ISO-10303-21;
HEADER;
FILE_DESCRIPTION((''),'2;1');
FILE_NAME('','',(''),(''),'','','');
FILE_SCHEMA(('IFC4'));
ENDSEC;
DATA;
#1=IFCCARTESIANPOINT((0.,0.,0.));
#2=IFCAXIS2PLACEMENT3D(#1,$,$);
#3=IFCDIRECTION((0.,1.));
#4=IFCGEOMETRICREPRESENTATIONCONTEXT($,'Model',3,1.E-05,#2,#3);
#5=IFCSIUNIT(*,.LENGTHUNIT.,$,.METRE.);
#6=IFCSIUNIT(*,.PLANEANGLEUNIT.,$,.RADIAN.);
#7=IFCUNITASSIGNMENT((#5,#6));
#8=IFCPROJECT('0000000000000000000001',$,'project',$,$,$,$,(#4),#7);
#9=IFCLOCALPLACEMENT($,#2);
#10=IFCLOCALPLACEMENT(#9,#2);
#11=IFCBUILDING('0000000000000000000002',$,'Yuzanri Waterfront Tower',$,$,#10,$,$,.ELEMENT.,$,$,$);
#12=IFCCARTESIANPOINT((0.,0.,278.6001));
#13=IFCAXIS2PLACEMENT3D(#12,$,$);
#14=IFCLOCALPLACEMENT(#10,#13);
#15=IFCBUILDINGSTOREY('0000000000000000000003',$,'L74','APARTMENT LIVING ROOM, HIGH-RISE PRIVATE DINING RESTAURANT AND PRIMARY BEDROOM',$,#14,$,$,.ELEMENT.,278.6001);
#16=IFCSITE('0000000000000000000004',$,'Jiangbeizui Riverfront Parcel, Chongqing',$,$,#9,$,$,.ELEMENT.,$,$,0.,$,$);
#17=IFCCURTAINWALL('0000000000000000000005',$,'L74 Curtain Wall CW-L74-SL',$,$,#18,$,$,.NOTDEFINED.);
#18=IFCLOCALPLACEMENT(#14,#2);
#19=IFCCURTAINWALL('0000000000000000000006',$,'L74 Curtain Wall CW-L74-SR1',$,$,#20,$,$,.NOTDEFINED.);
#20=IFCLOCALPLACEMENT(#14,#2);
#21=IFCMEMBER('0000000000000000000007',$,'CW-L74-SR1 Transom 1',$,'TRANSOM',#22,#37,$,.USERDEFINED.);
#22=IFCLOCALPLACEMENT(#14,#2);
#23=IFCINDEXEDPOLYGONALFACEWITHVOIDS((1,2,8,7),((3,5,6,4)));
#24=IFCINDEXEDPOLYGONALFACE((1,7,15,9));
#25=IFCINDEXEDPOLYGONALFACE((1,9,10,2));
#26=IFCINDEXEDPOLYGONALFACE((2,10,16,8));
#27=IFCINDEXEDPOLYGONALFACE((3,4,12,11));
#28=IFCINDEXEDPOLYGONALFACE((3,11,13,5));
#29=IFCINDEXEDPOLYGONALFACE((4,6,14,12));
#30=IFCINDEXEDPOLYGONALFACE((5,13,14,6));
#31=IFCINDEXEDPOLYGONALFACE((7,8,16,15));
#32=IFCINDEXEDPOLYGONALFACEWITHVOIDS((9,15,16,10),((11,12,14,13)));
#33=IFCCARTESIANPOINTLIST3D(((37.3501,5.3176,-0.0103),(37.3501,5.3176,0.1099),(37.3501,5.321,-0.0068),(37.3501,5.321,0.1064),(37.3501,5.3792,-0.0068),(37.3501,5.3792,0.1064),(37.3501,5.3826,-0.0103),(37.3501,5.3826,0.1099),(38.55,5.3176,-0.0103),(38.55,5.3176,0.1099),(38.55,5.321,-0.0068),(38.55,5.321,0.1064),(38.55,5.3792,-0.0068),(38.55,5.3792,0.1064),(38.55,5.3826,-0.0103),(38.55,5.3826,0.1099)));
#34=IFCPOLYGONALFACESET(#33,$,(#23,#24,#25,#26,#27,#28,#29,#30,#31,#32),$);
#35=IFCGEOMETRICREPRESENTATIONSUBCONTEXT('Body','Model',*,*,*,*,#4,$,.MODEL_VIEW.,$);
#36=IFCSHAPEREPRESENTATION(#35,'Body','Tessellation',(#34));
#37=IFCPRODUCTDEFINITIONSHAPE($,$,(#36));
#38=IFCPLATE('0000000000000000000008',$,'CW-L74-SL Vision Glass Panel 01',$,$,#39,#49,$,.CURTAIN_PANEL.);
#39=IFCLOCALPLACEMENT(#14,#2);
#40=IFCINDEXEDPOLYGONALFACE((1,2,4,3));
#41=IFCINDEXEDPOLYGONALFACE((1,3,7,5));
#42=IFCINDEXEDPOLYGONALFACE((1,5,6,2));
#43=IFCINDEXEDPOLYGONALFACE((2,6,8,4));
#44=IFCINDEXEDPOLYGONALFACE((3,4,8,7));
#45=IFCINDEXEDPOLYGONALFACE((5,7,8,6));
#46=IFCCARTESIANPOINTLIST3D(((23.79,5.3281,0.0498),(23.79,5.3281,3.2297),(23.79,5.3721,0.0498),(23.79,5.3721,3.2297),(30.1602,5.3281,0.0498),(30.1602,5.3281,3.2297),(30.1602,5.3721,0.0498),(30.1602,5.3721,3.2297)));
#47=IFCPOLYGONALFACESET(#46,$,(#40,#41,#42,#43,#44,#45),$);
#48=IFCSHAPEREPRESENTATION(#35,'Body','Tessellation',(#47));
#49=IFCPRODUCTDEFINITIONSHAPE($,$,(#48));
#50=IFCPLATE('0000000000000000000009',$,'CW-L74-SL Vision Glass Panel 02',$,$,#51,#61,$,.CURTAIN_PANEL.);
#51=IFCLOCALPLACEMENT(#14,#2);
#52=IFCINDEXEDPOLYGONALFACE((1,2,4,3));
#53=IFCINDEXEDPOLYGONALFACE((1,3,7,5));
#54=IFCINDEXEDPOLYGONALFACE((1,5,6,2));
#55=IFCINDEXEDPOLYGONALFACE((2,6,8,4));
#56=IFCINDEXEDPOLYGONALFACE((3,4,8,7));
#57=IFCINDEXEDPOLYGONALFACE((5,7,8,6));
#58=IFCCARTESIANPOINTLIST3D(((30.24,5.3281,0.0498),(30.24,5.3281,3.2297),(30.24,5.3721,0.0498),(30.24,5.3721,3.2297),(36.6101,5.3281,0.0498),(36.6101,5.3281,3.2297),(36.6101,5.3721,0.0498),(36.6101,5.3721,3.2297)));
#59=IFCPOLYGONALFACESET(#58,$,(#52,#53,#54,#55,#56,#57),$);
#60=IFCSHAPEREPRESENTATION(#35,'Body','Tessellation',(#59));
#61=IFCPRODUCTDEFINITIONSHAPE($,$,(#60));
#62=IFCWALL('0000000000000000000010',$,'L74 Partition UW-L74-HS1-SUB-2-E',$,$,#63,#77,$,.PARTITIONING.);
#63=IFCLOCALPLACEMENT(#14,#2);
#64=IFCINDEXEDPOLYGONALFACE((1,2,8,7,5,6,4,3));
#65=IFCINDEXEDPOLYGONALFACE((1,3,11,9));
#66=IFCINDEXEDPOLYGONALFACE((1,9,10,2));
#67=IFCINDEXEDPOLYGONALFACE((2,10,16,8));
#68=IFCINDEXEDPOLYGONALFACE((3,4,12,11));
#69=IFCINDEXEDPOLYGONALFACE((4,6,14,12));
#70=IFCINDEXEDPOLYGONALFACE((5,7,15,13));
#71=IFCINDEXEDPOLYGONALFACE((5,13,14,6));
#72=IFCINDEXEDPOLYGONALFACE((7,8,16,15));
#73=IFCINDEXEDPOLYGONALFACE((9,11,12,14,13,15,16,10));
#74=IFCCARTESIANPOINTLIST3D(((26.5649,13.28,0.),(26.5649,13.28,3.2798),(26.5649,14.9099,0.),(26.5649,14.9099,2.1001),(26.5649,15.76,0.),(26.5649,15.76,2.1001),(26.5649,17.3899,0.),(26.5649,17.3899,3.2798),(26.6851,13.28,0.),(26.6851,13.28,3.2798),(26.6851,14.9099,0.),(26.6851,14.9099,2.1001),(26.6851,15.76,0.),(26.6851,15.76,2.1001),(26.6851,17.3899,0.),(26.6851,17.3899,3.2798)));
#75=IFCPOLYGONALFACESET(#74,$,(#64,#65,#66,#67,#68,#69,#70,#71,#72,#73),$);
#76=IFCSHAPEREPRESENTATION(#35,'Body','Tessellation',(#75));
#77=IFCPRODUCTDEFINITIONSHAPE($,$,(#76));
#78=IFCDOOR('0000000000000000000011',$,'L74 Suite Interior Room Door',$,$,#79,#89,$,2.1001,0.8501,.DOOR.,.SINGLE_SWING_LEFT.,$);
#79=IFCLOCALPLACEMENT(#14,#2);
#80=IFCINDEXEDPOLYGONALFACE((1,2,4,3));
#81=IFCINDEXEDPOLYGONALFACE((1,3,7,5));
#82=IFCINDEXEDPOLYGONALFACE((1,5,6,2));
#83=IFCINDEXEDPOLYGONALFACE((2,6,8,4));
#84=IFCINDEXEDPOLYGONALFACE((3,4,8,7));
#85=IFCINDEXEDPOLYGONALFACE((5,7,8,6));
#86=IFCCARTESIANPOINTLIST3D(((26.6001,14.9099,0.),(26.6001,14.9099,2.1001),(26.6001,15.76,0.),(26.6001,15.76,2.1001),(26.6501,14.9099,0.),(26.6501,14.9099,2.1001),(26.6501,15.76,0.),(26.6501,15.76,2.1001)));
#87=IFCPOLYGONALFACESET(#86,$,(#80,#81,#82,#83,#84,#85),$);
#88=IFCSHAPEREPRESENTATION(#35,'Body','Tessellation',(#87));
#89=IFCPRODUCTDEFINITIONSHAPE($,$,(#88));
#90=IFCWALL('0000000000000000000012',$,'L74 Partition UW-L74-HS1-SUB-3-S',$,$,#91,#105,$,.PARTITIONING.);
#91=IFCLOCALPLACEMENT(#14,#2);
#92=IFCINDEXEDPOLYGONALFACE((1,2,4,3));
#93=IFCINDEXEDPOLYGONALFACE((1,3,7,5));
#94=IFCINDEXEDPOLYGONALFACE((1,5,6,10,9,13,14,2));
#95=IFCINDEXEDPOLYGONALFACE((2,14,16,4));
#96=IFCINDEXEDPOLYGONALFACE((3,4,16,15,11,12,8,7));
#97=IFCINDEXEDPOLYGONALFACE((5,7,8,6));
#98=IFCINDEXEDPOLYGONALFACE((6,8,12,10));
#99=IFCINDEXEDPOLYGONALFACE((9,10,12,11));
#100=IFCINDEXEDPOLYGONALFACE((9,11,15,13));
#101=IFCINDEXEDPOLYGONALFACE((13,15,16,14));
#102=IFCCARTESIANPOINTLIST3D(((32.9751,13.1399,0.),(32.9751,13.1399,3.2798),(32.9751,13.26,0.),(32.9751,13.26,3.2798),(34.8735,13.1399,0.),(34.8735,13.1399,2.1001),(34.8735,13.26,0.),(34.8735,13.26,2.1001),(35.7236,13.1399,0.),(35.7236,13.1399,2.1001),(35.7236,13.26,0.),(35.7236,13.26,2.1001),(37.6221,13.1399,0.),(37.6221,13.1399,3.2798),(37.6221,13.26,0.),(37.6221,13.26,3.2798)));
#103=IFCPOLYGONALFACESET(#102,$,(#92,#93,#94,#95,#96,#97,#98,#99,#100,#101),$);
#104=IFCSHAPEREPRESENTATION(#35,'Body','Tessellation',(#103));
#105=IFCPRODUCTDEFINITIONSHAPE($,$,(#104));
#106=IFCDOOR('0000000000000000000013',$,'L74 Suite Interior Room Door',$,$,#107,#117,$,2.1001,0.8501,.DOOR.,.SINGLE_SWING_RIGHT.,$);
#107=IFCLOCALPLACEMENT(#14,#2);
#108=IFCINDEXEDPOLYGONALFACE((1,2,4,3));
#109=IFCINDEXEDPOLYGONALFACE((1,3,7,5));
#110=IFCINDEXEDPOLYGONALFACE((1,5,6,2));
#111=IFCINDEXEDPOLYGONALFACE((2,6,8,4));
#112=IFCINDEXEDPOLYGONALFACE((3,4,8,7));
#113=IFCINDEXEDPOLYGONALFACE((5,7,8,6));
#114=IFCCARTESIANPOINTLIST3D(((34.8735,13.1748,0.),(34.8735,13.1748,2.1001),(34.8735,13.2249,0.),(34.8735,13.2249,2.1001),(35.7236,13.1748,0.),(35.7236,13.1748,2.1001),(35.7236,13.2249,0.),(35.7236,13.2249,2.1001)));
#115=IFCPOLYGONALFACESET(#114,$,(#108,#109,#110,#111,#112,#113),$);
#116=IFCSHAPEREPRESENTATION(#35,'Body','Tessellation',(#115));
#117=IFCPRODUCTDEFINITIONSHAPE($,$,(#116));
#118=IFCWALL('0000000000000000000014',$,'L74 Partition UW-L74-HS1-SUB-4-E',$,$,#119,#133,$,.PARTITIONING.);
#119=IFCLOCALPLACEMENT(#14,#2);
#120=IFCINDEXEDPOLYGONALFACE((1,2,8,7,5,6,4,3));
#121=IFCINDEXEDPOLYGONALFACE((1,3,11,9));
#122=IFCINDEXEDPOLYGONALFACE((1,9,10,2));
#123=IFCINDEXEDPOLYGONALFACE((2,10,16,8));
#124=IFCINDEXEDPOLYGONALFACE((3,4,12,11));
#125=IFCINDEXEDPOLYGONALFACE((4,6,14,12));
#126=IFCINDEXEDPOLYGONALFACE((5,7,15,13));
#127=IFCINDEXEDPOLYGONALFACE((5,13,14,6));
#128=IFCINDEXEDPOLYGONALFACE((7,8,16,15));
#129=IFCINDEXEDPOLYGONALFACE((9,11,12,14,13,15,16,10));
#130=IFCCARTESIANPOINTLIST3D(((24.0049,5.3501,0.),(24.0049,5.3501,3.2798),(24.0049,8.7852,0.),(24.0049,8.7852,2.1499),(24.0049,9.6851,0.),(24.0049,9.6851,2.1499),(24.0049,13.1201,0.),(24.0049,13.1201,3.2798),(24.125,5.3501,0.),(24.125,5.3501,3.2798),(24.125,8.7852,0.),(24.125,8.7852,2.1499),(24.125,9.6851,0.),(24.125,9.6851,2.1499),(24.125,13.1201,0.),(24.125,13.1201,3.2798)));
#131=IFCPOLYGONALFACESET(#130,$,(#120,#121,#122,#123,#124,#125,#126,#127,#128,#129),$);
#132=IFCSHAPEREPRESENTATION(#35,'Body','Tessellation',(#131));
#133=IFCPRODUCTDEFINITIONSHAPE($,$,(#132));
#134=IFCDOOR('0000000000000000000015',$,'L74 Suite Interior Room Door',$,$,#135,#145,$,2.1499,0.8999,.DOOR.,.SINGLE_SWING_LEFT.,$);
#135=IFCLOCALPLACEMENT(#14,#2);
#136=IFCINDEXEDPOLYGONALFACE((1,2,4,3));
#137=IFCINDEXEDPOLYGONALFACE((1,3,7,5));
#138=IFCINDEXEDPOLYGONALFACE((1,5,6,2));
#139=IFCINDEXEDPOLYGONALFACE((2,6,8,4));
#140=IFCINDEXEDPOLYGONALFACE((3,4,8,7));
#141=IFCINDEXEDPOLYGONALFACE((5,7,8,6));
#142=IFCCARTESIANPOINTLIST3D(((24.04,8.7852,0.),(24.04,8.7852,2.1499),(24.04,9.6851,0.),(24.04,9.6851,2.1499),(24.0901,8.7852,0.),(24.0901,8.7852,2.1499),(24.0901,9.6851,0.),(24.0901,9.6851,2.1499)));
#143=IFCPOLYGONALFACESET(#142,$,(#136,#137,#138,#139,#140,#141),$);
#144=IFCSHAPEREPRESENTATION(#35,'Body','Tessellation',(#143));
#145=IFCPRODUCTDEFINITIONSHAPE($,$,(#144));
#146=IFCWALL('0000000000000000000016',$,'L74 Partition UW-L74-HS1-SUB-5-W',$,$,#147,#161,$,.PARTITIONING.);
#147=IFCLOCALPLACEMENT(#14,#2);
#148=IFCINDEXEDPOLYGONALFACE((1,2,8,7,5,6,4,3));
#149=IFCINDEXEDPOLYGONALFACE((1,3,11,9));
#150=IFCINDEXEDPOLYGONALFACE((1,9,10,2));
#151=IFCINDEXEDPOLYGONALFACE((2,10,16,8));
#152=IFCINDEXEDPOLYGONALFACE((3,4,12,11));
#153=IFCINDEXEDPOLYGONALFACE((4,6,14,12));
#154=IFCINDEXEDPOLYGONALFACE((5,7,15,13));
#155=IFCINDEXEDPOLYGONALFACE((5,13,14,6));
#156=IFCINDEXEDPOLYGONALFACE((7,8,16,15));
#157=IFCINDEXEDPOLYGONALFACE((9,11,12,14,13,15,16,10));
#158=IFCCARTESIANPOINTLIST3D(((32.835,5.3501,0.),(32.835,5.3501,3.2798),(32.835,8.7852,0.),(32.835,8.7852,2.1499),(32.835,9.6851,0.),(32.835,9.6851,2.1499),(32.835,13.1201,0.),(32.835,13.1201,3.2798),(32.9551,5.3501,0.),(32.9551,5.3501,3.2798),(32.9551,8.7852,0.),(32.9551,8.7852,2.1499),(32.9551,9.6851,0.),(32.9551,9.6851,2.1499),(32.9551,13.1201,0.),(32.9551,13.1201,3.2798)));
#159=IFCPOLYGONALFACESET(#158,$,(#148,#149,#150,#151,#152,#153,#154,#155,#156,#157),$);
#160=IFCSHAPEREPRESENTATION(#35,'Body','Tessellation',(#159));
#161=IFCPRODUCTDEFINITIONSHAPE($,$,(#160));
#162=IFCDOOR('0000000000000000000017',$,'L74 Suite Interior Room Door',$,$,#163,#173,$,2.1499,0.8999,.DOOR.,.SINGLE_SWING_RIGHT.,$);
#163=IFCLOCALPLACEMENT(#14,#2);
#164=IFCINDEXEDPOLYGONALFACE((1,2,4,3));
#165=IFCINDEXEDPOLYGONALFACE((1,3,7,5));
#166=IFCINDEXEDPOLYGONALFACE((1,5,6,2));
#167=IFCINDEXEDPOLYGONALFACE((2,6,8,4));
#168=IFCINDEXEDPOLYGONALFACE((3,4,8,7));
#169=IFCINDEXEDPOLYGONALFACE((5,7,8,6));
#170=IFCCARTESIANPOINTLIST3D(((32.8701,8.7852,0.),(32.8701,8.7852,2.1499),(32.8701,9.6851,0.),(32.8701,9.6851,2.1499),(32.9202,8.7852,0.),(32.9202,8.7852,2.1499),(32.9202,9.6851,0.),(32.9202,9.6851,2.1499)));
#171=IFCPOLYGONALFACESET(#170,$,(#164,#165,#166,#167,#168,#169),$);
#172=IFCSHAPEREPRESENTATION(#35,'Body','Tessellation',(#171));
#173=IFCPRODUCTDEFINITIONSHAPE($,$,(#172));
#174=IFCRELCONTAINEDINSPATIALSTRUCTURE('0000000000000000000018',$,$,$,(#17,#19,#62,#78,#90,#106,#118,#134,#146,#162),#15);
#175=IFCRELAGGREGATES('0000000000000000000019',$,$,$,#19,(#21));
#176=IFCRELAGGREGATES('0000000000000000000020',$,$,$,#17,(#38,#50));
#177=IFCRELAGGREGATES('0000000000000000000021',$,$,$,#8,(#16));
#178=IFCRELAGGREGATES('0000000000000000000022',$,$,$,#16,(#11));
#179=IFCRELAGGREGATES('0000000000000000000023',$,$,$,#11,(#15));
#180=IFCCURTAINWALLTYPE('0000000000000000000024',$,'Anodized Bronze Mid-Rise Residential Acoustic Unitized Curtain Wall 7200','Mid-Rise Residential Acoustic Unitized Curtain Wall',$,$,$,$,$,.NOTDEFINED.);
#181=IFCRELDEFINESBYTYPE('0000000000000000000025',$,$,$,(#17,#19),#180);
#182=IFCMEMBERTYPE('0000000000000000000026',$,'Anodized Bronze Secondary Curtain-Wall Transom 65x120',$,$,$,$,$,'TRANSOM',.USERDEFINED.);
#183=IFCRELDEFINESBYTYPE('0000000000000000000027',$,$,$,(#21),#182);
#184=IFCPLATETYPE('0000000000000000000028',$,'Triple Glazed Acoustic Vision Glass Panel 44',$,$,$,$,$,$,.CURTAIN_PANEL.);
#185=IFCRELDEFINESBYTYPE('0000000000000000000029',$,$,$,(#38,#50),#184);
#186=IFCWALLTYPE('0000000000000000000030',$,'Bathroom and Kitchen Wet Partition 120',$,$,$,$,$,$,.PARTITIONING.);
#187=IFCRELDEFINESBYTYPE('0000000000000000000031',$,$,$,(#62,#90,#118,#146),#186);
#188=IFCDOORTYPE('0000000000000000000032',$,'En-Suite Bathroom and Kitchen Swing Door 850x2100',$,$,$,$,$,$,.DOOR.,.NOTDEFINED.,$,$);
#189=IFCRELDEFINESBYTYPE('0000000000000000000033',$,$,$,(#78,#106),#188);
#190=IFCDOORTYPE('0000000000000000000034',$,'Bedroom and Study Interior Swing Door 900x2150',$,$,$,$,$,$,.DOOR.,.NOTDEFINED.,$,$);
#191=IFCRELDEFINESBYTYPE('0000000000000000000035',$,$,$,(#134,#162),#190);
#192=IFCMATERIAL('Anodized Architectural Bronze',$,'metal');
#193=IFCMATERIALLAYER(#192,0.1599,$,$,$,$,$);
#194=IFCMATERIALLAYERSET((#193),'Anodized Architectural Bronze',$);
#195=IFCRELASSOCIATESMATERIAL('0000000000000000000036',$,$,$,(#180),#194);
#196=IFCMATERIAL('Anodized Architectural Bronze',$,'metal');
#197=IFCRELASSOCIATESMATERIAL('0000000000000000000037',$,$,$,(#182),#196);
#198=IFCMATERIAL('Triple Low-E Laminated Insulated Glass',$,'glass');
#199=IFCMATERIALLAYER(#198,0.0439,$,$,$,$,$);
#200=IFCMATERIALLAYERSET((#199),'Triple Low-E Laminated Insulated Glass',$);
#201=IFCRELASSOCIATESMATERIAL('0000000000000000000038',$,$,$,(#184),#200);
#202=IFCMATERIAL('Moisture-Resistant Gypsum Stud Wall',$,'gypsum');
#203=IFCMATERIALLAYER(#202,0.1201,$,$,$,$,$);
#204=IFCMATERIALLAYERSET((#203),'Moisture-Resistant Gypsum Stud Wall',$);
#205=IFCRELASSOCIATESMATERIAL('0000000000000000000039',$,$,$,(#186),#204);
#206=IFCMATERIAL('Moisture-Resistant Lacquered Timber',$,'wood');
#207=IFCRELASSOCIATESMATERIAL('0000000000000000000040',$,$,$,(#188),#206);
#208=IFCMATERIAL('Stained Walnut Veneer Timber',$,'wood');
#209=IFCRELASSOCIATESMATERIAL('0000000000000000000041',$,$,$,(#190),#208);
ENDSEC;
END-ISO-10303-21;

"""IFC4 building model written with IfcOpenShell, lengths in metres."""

from ifc_helpers import new_model, si_unit, direction, frame, frame_2d, origin, origin_2d, place, context, subcontext, project, spatial, rectangle, hollow_rectangle, extrude, source, transform, mapped, material, layer, layer_set, material_profile, profile_set, type_object, element, fill, aggregate, save


model = new_model("IFC4")

# Units and contexts
model_context = context("Model", 3, precision=1e-05, world=origin(), true_north=direction((0.0, 1.0)))
body_context = subcontext(model_context, "Body", "Model", "MODEL_VIEW")
ifc_project = project(units=[si_unit("LENGTHUNIT", "METRE"), si_unit("PLANEANGLEUNIT", "RADIAN")], contexts=[model_context])

# Site, building, storey
site_placement = place(None, origin())
site = spatial("IfcSite", under=ifc_project, at=site_placement, Name="Jiangbeizui Riverfront Parcel, Chongqing", CompositionType="ELEMENT", RefElevation=0.0)
building_placement = place(site_placement, origin())
building = spatial("IfcBuilding", under=site, at=building_placement, Name="Yuzanri Waterfront Tower", CompositionType="ELEMENT")
storey_placement = place(building_placement, frame((0.0, 0.0, 278.6001)))
storey = spatial("IfcBuildingStorey", under=building, at=storey_placement, Name="L74", Description="APARTMENT LIVING ROOM, HIGH-RISE PRIVATE DINING RESTAURANT AND PRIMARY BEDROOM", CompositionType="ELEMENT", Elevation=278.6001)

# Curtain wall
ifc_material_1 = material(Name="Anodized Architectural Bronze", Category="metal")
ifc_layer_1 = layer(ifc_material_1, 0.1599)
ifc_layer_set_1 = layer_set([ifc_layer_1], Name="Anodized Architectural Bronze")
curtain_wall_type = type_object("IfcCurtainWallType", Name="Anodized Bronze Mid-Rise Residential Acoustic Unitized Curtain Wall 7200", Description="Mid-Rise Residential Acoustic Unitized Curtain Wall", PredefinedType="NOTDEFINED", material=ifc_layer_set_1)
curtain_wall_1_placement = place(storey_placement, origin())
curtain_wall_1 = element("IfcCurtainWall", 1, at=curtain_wall_1_placement, inside=storey, type_object=curtain_wall_type, Name="L74 Curtain Wall CW-L74-SL", PredefinedType="NOTDEFINED")

# Curtain wall, member
curtain_wall_2_placement = place(storey_placement, origin())
curtain_wall_2 = element("IfcCurtainWall", 2, at=curtain_wall_2_placement, inside=storey, type_object=curtain_wall_type, Name="L74 Curtain Wall CW-L74-SR1", PredefinedType="NOTDEFINED")
ifc_material_2 = material(Name="Anodized Architectural Bronze", Category="metal")
ifc_material_profile_1 = material_profile(ifc_material_2, hollow_rectangle(XDim=0.0649, YDim=0.1201, WallThickness=0.0034, at=origin_2d()), Name="CWT 65x120")
ifc_profile_set_1 = profile_set([ifc_material_profile_1], Name="Anodized Architectural Bronze")
member_type_1 = type_object("IfcMemberType", Name="Anodized Bronze Secondary Curtain-Wall Transom 65x120", ElementType="TRANSOM", PredefinedType="USERDEFINED", material=ifc_profile_set_1)
shared_shape_1 = source(origin(), body_context, "Body", "SweptSolid", [
    extrude(hollow_rectangle(XDim=0.0649, YDim=0.1201, WallThickness=0.0034, at=origin_2d()), origin(), (0.0, 0.0, 1.0), 1.2),
])
member_1_placement = place(storey_placement, frame((37.3501, 5.3501, 0.0498), z_axis=(1.0, 0.0, 0.0), x_axis=(0.0, 1.0, 0.0)))
member_1 = element("IfcMember", 3, at=member_1_placement, type_object=member_type_1, Name="CW-L74-SR1 Transom 1", ObjectType="TRANSOM", PredefinedType="USERDEFINED", context=body_context, shape_type="MappedRepresentation", body=[
    mapped(shared_shape_1, transform((0.0, 0.0, 0.0), scale=1.0)),
])
aggregate(curtain_wall_2, [member_1])

# Plates
ifc_material_3 = material(Name="Triple Low-E Laminated Insulated Glass", Category="glass")
ifc_layer_2 = layer(ifc_material_3, 0.0439)
ifc_layer_set_2 = layer_set([ifc_layer_2], Name="Triple Low-E Laminated Insulated Glass")
plate_type = type_object("IfcPlateType", Name="Triple Glazed Acoustic Vision Glass Panel 44", PredefinedType="CURTAIN_PANEL", material=ifc_layer_set_2)
shared_shape_2 = source(origin(), body_context, "Body", "SweptSolid", [
    extrude(rectangle(XDim=6.3701, YDim=0.0439, at=origin_2d()), origin(), (0.0, 0.0, 1.0), 3.1799),
])
plate_1_placement = place(storey_placement, frame((26.9751, 5.3501, 0.0498), z_axis=(0.0, 0.0, 1.0), x_axis=(1.0, 0.0, 0.0)))
plate_1 = element("IfcPlate", 4, at=plate_1_placement, type_object=plate_type, Name="CW-L74-SL Vision Glass Panel 01", PredefinedType="CURTAIN_PANEL", context=body_context, shape_type="MappedRepresentation", body=[
    mapped(shared_shape_2, transform((0.0, 0.0, 0.0), scale=1.0)),
])
plate_2_placement = place(storey_placement, frame((33.425, 5.3501, 0.0498), z_axis=(0.0, 0.0, 1.0), x_axis=(1.0, 0.0, 0.0)))
plate_2 = element("IfcPlate", 5, at=plate_2_placement, type_object=plate_type, Name="CW-L74-SL Vision Glass Panel 02", PredefinedType="CURTAIN_PANEL", context=body_context, shape_type="MappedRepresentation", body=[
    mapped(shared_shape_2, transform((0.0, 0.0, 0.0), scale=1.0)),
])
aggregate(curtain_wall_1, [plate_1, plate_2])

# Walls, openings, doors
ifc_material_4 = material(Name="Moisture-Resistant Gypsum Stud Wall", Category="gypsum")
ifc_layer_3 = layer(ifc_material_4, 0.1201)
ifc_layer_set_3 = layer_set([ifc_layer_3], Name="Moisture-Resistant Gypsum Stud Wall")
wall_type = type_object("IfcWallType", Name="Bathroom and Kitchen Wet Partition 120", PredefinedType="PARTITIONING", material=ifc_layer_set_3)
wall_1_placement = place(storey_placement, frame((26.625, 13.28, 0.0), z_axis=(0.0, 0.0, 1.0), x_axis=(0.0, 1.0, 0.0)))
wall_1 = element("IfcWall", 6, at=wall_1_placement, inside=storey, type_object=wall_type, Name="L74 Partition UW-L74-HS1-SUB-2-E", PredefinedType="PARTITIONING", context=body_context, shape_type="SweptSolid", body=[
    extrude(rectangle(XDim=4.1099, YDim=0.1201, at=frame_2d((2.0549, 0.0))), origin(), (0.0, 0.0, 1.0), 3.2798),
])
opening_1_placement = place(wall_1_placement, frame((1.6299, 0.0, 0.0)))
opening_1 = element("IfcOpeningElement", 7, at=opening_1_placement, cuts=wall_1, PredefinedType="OPENING", context=body_context, shape_type="SweptSolid", body=[
    extrude(rectangle(XDim=0.8501, YDim=2.1001, at=frame_2d((0.425, 1.05))), frame((0.0, 0.075, 0.0), z_axis=(0.0, -1.0, 0.0), x_axis=(1.0, 0.0, 0.0)), (0.0, 0.0, 1.0), 0.1499),
])
ifc_material_5 = material(Name="Moisture-Resistant Lacquered Timber", Category="wood")
door_type_1 = type_object("IfcDoorType", Name="En-Suite Bathroom and Kitchen Swing Door 850x2100", OperationType="NOTDEFINED", PredefinedType="DOOR", material=ifc_material_5)
shared_shape_3 = source(origin(), body_context, "Body", "SweptSolid", [
    extrude(rectangle(XDim=0.8501, YDim=2.1001, at=frame_2d((0.425, 1.05))), frame((0.0, 0.0249, 0.0), z_axis=(0.0, -1.0, 0.0), x_axis=(1.0, 0.0, 0.0)), (0.0, 0.0, 1.0), 0.05),
])
door_1_placement = place(opening_1_placement, origin())
door_1 = element("IfcDoor", 8, at=door_1_placement, inside=storey, type_object=door_type_1, Name="L74 Suite Interior Room Door", OperationType="SINGLE_SWING_LEFT", OverallHeight=2.1001, OverallWidth=0.8501, PredefinedType="DOOR", context=body_context, shape_type="MappedRepresentation", body=[
    mapped(shared_shape_3, transform((0.0, 0.0, 0.0), scale=1.0)),
])
fill(opening_1, door_1)
wall_2_placement = place(storey_placement, frame((32.9751, 13.2, 0.0), z_axis=(0.0, 0.0, 1.0), x_axis=(1.0, 0.0, 0.0)))
wall_2 = element("IfcWall", 9, at=wall_2_placement, inside=storey, type_object=wall_type, Name="L74 Partition UW-L74-HS1-SUB-3-S", PredefinedType="PARTITIONING", context=body_context, shape_type="SweptSolid", body=[
    extrude(rectangle(XDim=4.647, YDim=0.1201, at=frame_2d((2.3235, 0.0))), origin(), (0.0, 0.0, 1.0), 3.2798),
])
opening_2_placement = place(wall_2_placement, frame((1.8984, 0.0, 0.0)))
opening_2 = element("IfcOpeningElement", 10, at=opening_2_placement, cuts=wall_2, PredefinedType="OPENING", context=body_context, shape_type="SweptSolid", body=[
    extrude(rectangle(XDim=0.8501, YDim=2.1001, at=frame_2d((0.425, 1.05))), frame((0.0, 0.075, 0.0), z_axis=(0.0, -1.0, 0.0), x_axis=(1.0, 0.0, 0.0)), (0.0, 0.0, 1.0), 0.1499),
])
door_2_placement = place(opening_2_placement, origin())
door_2 = element("IfcDoor", 11, at=door_2_placement, inside=storey, type_object=door_type_1, Name="L74 Suite Interior Room Door", OperationType="SINGLE_SWING_RIGHT", OverallHeight=2.1001, OverallWidth=0.8501, PredefinedType="DOOR", context=body_context, shape_type="MappedRepresentation", body=[
    mapped(shared_shape_3, transform((0.0, 0.0, 0.0), scale=1.0)),
])
fill(opening_2, door_2)
wall_3_placement = place(storey_placement, frame((24.0649, 5.3501, 0.0), z_axis=(0.0, 0.0, 1.0), x_axis=(0.0, 1.0, 0.0)))
wall_3 = element("IfcWall", 12, at=wall_3_placement, inside=storey, type_object=wall_type, Name="L74 Partition UW-L74-HS1-SUB-4-E", PredefinedType="PARTITIONING", context=body_context, shape_type="SweptSolid", body=[
    extrude(rectangle(XDim=7.77, YDim=0.1201, at=frame_2d((3.885, 0.0))), origin(), (0.0, 0.0, 1.0), 3.2798),
])
opening_3_placement = place(wall_3_placement, frame((3.4351, 0.0, 0.0)))
opening_3 = element("IfcOpeningElement", 13, at=opening_3_placement, cuts=wall_3, PredefinedType="OPENING", context=body_context, shape_type="SweptSolid", body=[
    extrude(rectangle(XDim=0.8999, YDim=2.1499, at=frame_2d((0.45, 1.075))), frame((0.0, 0.075, 0.0), z_axis=(0.0, -1.0, 0.0), x_axis=(1.0, 0.0, 0.0)), (0.0, 0.0, 1.0), 0.1499),
])
ifc_material_6 = material(Name="Stained Walnut Veneer Timber", Category="wood")
door_type_2 = type_object("IfcDoorType", Name="Bedroom and Study Interior Swing Door 900x2150", OperationType="NOTDEFINED", PredefinedType="DOOR", material=ifc_material_6)
shared_shape_4 = source(origin(), body_context, "Body", "SweptSolid", [
    extrude(rectangle(XDim=0.8999, YDim=2.1499, at=frame_2d((0.45, 1.075))), frame((0.0, 0.0249, 0.0), z_axis=(0.0, -1.0, 0.0), x_axis=(1.0, 0.0, 0.0)), (0.0, 0.0, 1.0), 0.05),
])
door_3_placement = place(opening_3_placement, origin())
door_3 = element("IfcDoor", 14, at=door_3_placement, inside=storey, type_object=door_type_2, Name="L74 Suite Interior Room Door", OperationType="SINGLE_SWING_LEFT", OverallHeight=2.1499, OverallWidth=0.8999, PredefinedType="DOOR", context=body_context, shape_type="MappedRepresentation", body=[
    mapped(shared_shape_4, transform((0.0, 0.0, 0.0), scale=1.0)),
])
fill(opening_3, door_3)
wall_4_placement = place(storey_placement, frame((32.895, 5.3501, 0.0), z_axis=(0.0, 0.0, 1.0), x_axis=(0.0, 1.0, 0.0)))
wall_4 = element("IfcWall", 15, at=wall_4_placement, inside=storey, type_object=wall_type, Name="L74 Partition UW-L74-HS1-SUB-5-W", PredefinedType="PARTITIONING", context=body_context, shape_type="SweptSolid", body=[
    extrude(rectangle(XDim=7.77, YDim=0.1201, at=frame_2d((3.885, 0.0))), origin(), (0.0, 0.0, 1.0), 3.2798),
])
opening_4_placement = place(wall_4_placement, frame((3.4351, 0.0, 0.0)))
opening_4 = element("IfcOpeningElement", 16, at=opening_4_placement, cuts=wall_4, PredefinedType="OPENING", context=body_context, shape_type="SweptSolid", body=[
    extrude(rectangle(XDim=0.8999, YDim=2.1499, at=frame_2d((0.45, 1.075))), frame((0.0, 0.075, 0.0), z_axis=(0.0, -1.0, 0.0), x_axis=(1.0, 0.0, 0.0)), (0.0, 0.0, 1.0), 0.1499),
])
door_4_placement = place(opening_4_placement, origin())
door_4 = element("IfcDoor", 17, at=door_4_placement, inside=storey, type_object=door_type_2, Name="L74 Suite Interior Room Door", OperationType="SINGLE_SWING_RIGHT", OverallHeight=2.1499, OverallWidth=0.8999, PredefinedType="DOOR", context=body_context, shape_type="MappedRepresentation", body=[
    mapped(shared_shape_4, transform((0.0, 0.0, 0.0), scale=1.0)),
])
fill(opening_4, door_4)

save(model, "model.ifc")
